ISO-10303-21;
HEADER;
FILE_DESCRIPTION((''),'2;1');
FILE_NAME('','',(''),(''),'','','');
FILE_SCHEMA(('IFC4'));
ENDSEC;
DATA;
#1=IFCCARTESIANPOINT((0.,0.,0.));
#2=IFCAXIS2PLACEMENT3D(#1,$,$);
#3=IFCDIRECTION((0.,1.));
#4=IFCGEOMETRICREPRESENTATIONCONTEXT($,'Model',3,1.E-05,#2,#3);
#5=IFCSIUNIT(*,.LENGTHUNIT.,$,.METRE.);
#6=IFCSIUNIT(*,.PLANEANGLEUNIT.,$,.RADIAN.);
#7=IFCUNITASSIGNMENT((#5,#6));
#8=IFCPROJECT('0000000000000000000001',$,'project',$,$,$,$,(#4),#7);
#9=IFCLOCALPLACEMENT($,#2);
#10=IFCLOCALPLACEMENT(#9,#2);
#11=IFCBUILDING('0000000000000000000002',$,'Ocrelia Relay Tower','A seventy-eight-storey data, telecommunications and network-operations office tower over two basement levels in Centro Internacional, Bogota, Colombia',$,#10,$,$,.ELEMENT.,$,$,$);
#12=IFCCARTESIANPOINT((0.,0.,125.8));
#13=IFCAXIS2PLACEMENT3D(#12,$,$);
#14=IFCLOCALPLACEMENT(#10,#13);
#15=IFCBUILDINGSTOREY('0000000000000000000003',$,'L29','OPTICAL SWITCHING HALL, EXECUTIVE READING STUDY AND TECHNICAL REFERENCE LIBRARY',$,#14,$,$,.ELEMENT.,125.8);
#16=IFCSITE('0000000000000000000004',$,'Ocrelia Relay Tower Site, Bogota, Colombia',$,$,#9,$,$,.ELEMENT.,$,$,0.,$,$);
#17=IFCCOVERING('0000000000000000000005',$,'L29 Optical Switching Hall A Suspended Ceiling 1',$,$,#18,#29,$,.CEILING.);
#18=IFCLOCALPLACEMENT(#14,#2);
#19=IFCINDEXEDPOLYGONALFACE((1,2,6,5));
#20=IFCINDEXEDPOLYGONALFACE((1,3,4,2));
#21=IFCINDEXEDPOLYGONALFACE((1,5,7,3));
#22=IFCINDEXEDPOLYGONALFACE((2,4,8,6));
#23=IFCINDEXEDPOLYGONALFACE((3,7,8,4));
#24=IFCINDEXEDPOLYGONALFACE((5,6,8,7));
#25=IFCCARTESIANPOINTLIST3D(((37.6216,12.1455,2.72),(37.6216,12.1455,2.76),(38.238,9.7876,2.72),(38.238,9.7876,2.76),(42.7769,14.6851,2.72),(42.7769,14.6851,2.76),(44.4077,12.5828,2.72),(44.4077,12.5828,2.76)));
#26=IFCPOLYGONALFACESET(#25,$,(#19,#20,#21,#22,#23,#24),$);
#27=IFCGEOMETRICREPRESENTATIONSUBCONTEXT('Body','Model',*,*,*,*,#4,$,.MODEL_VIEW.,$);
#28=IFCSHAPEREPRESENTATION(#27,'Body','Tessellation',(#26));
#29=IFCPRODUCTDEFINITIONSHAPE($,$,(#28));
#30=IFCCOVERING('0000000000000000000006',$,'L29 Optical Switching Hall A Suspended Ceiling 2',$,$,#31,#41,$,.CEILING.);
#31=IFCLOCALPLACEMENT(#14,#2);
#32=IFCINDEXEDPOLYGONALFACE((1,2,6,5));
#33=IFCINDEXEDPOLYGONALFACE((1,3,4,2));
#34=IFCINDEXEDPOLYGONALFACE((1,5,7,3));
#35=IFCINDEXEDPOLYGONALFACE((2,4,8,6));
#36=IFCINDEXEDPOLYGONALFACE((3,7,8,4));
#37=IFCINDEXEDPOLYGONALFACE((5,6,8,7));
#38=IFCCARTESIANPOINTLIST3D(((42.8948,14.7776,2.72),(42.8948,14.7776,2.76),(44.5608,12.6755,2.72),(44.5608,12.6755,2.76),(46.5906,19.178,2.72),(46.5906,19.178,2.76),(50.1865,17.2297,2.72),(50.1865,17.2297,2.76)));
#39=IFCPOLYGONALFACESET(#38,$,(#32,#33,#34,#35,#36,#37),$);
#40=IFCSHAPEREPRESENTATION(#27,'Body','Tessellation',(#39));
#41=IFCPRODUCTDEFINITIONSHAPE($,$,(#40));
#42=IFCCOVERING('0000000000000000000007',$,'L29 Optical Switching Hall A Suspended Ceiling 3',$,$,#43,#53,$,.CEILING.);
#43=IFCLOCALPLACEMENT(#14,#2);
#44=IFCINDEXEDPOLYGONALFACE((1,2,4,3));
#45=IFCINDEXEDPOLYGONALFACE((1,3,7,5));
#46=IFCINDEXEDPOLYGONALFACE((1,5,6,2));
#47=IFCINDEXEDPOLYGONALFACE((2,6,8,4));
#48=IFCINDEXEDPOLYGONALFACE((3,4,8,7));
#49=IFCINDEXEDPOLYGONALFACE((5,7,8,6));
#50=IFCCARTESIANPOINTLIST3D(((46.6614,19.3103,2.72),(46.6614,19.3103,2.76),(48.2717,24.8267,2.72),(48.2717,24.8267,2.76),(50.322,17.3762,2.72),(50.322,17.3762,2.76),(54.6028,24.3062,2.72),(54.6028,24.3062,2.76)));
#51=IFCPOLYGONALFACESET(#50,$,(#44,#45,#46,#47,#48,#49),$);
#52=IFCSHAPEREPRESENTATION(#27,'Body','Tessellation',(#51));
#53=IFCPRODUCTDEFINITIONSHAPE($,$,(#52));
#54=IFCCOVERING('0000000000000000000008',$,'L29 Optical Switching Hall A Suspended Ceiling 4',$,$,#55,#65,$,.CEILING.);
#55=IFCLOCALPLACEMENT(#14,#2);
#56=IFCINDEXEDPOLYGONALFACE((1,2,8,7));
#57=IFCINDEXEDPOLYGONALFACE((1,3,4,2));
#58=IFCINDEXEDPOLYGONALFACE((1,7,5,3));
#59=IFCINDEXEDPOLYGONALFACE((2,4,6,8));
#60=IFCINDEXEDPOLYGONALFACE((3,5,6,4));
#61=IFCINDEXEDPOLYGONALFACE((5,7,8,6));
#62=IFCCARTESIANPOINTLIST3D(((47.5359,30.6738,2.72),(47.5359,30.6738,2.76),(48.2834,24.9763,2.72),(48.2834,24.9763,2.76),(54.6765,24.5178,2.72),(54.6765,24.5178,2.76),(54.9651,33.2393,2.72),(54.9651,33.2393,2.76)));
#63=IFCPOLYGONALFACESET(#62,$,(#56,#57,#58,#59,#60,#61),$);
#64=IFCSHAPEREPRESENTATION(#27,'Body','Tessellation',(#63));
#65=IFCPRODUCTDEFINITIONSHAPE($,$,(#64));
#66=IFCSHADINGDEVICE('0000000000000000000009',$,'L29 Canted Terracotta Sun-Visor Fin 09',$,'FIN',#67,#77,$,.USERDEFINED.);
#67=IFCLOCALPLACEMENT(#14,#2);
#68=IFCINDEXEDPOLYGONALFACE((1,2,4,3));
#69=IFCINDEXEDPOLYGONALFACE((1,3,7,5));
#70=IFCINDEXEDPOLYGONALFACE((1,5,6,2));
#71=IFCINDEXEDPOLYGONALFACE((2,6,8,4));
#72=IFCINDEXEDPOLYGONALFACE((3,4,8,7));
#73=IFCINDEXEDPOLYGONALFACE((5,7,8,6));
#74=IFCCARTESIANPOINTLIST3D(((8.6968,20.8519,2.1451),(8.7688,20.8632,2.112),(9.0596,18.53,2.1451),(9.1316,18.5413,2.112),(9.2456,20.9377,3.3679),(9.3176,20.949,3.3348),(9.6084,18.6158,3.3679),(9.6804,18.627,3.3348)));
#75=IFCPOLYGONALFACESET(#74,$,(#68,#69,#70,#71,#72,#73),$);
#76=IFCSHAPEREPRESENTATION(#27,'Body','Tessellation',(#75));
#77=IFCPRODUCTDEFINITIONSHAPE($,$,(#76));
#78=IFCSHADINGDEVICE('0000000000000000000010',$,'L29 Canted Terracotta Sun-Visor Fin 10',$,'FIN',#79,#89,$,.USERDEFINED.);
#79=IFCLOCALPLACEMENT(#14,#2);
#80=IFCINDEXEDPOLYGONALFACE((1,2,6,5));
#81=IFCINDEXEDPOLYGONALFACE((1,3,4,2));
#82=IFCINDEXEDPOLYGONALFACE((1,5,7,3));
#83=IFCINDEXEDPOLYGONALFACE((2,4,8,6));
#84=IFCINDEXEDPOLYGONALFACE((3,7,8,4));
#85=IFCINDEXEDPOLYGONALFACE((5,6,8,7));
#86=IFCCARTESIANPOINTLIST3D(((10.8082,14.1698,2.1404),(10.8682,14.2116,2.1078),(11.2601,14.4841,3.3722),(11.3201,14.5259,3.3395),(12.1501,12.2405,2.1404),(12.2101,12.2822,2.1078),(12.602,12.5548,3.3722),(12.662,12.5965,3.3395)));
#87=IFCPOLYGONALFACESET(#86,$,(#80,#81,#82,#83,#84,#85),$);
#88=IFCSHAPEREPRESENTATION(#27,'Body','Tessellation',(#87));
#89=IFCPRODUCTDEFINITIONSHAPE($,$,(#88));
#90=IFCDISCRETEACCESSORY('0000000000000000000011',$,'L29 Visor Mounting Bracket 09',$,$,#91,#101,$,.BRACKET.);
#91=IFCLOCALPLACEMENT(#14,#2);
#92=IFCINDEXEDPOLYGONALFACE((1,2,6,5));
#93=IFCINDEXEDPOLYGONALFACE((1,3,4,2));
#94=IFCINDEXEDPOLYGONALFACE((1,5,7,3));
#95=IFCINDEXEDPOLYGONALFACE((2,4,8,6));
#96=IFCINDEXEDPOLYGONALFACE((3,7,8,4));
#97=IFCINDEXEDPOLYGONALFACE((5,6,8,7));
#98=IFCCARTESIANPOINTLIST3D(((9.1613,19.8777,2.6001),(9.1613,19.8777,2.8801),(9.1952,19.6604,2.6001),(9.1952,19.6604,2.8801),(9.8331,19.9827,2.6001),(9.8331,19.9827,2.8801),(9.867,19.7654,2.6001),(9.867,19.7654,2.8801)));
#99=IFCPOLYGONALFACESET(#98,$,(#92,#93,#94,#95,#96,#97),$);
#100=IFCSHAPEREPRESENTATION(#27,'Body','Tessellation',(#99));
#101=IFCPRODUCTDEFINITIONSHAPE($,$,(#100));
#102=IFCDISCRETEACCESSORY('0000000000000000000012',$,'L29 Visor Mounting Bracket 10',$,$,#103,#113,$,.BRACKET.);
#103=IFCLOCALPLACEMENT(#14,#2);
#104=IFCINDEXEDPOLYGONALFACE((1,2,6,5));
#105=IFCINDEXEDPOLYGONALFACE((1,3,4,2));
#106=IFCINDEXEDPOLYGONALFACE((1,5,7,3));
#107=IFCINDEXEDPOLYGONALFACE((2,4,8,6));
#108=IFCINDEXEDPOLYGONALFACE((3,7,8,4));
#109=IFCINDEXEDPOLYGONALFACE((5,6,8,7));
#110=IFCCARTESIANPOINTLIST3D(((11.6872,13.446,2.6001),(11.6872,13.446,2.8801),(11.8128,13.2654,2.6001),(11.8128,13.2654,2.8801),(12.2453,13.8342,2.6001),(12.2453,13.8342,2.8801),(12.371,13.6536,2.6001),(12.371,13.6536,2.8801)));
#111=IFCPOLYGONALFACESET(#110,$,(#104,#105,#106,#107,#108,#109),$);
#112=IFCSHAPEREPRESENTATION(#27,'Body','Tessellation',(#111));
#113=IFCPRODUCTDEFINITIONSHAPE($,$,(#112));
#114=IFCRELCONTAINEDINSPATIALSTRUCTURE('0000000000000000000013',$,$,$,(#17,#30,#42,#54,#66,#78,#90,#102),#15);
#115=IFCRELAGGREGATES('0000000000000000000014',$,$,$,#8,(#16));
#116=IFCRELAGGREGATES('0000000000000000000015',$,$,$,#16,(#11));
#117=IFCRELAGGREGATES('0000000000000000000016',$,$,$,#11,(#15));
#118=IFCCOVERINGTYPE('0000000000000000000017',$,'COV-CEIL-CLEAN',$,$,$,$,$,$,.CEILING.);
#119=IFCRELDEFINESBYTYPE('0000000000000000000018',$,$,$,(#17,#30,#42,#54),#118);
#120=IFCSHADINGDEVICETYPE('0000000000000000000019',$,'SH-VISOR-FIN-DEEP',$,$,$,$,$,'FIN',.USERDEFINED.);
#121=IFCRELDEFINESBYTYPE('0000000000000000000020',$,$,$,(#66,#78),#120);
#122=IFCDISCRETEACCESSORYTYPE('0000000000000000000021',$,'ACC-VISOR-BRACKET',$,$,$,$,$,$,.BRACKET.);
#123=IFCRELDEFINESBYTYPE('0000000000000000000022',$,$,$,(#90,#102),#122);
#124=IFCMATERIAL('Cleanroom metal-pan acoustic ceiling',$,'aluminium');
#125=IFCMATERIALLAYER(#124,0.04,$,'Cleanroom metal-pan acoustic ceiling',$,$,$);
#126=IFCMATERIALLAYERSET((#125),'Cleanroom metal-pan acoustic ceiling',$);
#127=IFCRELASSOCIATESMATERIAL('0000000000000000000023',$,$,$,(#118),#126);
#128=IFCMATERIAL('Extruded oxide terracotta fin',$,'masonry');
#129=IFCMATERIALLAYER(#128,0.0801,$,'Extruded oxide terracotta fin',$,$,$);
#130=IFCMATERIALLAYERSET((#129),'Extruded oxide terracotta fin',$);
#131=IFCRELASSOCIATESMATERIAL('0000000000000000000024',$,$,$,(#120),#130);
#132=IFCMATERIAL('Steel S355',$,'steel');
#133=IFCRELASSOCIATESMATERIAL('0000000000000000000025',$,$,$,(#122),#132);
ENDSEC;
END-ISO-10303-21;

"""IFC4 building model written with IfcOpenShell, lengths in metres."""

from ifc_helpers import new_model, si_unit, direction, frame, origin, origin_2d, place, context, subcontext, project, spatial, polyline, rectangle, outline, extrude, material, layer, layer_set, type_object, element, save


model = new_model("IFC4")

# Units and contexts
model_context = context("Model", 3, precision=1e-05, world=origin(), true_north=direction((0.0, 1.0)))
body_context = subcontext(model_context, "Body", "Model", "MODEL_VIEW")
ifc_project = project(units=[si_unit("LENGTHUNIT", "METRE"), si_unit("PLANEANGLEUNIT", "RADIAN")], contexts=[model_context])

# Site, building, storey
site_placement = place(None, origin())
site = spatial("IfcSite", under=ifc_project, at=site_placement, Name="Ocrelia Relay Tower Site, Bogota, Colombia", CompositionType="ELEMENT", RefElevation=0.0)
building_placement = place(site_placement, origin())
building = spatial("IfcBuilding", under=site, at=building_placement, Name="Ocrelia Relay Tower", Description="A seventy-eight-storey data, telecommunications and network-operations office tower over two basement levels in Centro Internacional, Bogota, Colombia", CompositionType="ELEMENT")
storey_placement = place(building_placement, frame((0.0, 0.0, 125.8)))
storey = spatial("IfcBuildingStorey", under=building, at=storey_placement, Name="L29", Description="OPTICAL SWITCHING HALL, EXECUTIVE READING STUDY AND TECHNICAL REFERENCE LIBRARY", CompositionType="ELEMENT", Elevation=125.8)

# Coverings
ifc_material_1 = material(Name="Cleanroom metal-pan acoustic ceiling", Category="aluminium")
ifc_layer_1 = layer(ifc_material_1, 0.04, Name="Cleanroom metal-pan acoustic ceiling")
ifc_layer_set_1 = layer_set([ifc_layer_1], Name="Cleanroom metal-pan acoustic ceiling")
covering_type_1 = type_object("IfcCoveringType", Name="COV-CEIL-CLEAN", PredefinedType="CEILING", material=ifc_layer_set_1)
covering_1_placement = place(storey_placement, frame((0.0, 0.0, 2.72)))
element("IfcCovering", 1, at=covering_1_placement, inside=storey, type_object=covering_type_1, Name="L29 Optical Switching Hall A Suspended Ceiling 1", PredefinedType="CEILING", context=body_context, shape_type="SweptSolid", body=[
    extrude(outline(polyline([(37.6216, 12.1455), (38.238, 9.7876), (44.4077, 12.5828), (42.7769, 14.6851), (37.6216, 12.1455)])), origin(), (0.0, 0.0, 1.0), 0.04),
])
covering_2_placement = place(storey_placement, frame((0.0, 0.0, 2.72)))
element("IfcCovering", 2, at=covering_2_placement, inside=storey, type_object=covering_type_1, Name="L29 Optical Switching Hall A Suspended Ceiling 2", PredefinedType="CEILING", context=body_context, shape_type="SweptSolid", body=[
    extrude(outline(polyline([(42.8948, 14.7776), (44.5608, 12.6755), (50.1865, 17.2297), (46.5906, 19.178), (42.8948, 14.7776)])), origin(), (0.0, 0.0, 1.0), 0.04),
])
covering_3_placement = place(storey_placement, frame((0.0, 0.0, 2.72)))
element("IfcCovering", 3, at=covering_3_placement, inside=storey, type_object=covering_type_1, Name="L29 Optical Switching Hall A Suspended Ceiling 3", PredefinedType="CEILING", context=body_context, shape_type="SweptSolid", body=[
    extrude(outline(polyline([(46.6614, 19.3103), (50.322, 17.3762), (54.6028, 24.3062), (48.2717, 24.8267), (46.6614, 19.3103)])), origin(), (0.0, 0.0, 1.0), 0.04),
])
covering_4_placement = place(storey_placement, frame((0.0, 0.0, 2.72)))
element("IfcCovering", 4, at=covering_4_placement, inside=storey, type_object=covering_type_1, Name="L29 Optical Switching Hall A Suspended Ceiling 4", PredefinedType="CEILING", context=body_context, shape_type="SweptSolid", body=[
    extrude(outline(polyline([(48.2834, 24.9763), (54.6765, 24.5178), (54.9651, 33.2393), (47.5359, 30.6738), (48.2834, 24.9763)])), origin(), (0.0, 0.0, 1.0), 0.04),
])

# Shading devices
ifc_material_2 = material(Name="Extruded oxide terracotta fin", Category="masonry")
ifc_layer_2 = layer(ifc_material_2, 0.0801, Name="Extruded oxide terracotta fin")
ifc_layer_set_2 = layer_set([ifc_layer_2], Name="Extruded oxide terracotta fin")
shading_device_type = type_object("IfcShadingDeviceType", Name="SH-VISOR-FIN-DEEP", ElementType="FIN", PredefinedType="USERDEFINED", material=ifc_layer_set_2)
shading_device_1_placement = place(storey_placement, frame((9.2246, 19.7451, 2.7234), z_axis=(-0.899552, -0.140557, 0.413581), x_axis=(0.154379, -0.988012, 0.0)))
element("IfcShadingDevice", 5, at=shading_device_1_placement, inside=storey, type_object=shading_device_type, Name="L29 Canted Terracotta Sun-Visor Fin 09", ObjectType="FIN", PredefinedType="USERDEFINED", context=body_context, shape_type="SweptSolid", body=[
    extrude(rectangle(XDim=2.3501, YDim=1.343, at=origin_2d()), origin(), (0.0, 0.0, 1.0), 0.0801),
])
shading_device_2_placement = place(storey_placement, frame((11.7651, 13.4041, 2.7236), z_axis=(-0.749512, -0.521304, 0.408012), x_axis=(0.570993, -0.820955, 0.0)))
element("IfcShadingDevice", 6, at=shading_device_2_placement, inside=storey, type_object=shading_device_type, Name="L29 Canted Terracotta Sun-Visor Fin 10", ObjectType="FIN", PredefinedType="USERDEFINED", context=body_context, shape_type="SweptSolid", body=[
    extrude(rectangle(XDim=2.3501, YDim=1.3491, at=origin_2d()), origin(), (0.0, 0.0, 1.0), 0.0801),
])

# Discrete accessories
ifc_material_3 = material(Name="Steel S355", Category="steel")
discrete_accessory_type = type_object("IfcDiscreteAccessoryType", Name="ACC-VISOR-BRACKET", PredefinedType="BRACKET", material=ifc_material_3)
for number, where, z_axis, x_axis, name in (
    (7, (9.5142, 19.8215, 2.6001), (0.0, 0.0, 1.0), (0.154379, -0.988012, 0.0), "L29 Visor Mounting Bracket 09"),
    (8, (12.0291, 13.5498, 2.6001), (0.0, 0.0, 1.0), (0.570993, -0.820955, 0.0), "L29 Visor Mounting Bracket 10"),
):
    element("IfcDiscreteAccessory", number, at=place(storey_placement, frame(where, z_axis=z_axis, x_axis=x_axis)), inside=storey, type_object=discrete_accessory_type, Name=name, PredefinedType="BRACKET", context=body_context, shape_type="SweptSolid", body=[
        extrude(rectangle(XDim=0.22, YDim=0.6799, at=origin_2d()), origin(), (0.0, 0.0, 1.0), 0.28),
    ])

save(model, "model.ifc")
